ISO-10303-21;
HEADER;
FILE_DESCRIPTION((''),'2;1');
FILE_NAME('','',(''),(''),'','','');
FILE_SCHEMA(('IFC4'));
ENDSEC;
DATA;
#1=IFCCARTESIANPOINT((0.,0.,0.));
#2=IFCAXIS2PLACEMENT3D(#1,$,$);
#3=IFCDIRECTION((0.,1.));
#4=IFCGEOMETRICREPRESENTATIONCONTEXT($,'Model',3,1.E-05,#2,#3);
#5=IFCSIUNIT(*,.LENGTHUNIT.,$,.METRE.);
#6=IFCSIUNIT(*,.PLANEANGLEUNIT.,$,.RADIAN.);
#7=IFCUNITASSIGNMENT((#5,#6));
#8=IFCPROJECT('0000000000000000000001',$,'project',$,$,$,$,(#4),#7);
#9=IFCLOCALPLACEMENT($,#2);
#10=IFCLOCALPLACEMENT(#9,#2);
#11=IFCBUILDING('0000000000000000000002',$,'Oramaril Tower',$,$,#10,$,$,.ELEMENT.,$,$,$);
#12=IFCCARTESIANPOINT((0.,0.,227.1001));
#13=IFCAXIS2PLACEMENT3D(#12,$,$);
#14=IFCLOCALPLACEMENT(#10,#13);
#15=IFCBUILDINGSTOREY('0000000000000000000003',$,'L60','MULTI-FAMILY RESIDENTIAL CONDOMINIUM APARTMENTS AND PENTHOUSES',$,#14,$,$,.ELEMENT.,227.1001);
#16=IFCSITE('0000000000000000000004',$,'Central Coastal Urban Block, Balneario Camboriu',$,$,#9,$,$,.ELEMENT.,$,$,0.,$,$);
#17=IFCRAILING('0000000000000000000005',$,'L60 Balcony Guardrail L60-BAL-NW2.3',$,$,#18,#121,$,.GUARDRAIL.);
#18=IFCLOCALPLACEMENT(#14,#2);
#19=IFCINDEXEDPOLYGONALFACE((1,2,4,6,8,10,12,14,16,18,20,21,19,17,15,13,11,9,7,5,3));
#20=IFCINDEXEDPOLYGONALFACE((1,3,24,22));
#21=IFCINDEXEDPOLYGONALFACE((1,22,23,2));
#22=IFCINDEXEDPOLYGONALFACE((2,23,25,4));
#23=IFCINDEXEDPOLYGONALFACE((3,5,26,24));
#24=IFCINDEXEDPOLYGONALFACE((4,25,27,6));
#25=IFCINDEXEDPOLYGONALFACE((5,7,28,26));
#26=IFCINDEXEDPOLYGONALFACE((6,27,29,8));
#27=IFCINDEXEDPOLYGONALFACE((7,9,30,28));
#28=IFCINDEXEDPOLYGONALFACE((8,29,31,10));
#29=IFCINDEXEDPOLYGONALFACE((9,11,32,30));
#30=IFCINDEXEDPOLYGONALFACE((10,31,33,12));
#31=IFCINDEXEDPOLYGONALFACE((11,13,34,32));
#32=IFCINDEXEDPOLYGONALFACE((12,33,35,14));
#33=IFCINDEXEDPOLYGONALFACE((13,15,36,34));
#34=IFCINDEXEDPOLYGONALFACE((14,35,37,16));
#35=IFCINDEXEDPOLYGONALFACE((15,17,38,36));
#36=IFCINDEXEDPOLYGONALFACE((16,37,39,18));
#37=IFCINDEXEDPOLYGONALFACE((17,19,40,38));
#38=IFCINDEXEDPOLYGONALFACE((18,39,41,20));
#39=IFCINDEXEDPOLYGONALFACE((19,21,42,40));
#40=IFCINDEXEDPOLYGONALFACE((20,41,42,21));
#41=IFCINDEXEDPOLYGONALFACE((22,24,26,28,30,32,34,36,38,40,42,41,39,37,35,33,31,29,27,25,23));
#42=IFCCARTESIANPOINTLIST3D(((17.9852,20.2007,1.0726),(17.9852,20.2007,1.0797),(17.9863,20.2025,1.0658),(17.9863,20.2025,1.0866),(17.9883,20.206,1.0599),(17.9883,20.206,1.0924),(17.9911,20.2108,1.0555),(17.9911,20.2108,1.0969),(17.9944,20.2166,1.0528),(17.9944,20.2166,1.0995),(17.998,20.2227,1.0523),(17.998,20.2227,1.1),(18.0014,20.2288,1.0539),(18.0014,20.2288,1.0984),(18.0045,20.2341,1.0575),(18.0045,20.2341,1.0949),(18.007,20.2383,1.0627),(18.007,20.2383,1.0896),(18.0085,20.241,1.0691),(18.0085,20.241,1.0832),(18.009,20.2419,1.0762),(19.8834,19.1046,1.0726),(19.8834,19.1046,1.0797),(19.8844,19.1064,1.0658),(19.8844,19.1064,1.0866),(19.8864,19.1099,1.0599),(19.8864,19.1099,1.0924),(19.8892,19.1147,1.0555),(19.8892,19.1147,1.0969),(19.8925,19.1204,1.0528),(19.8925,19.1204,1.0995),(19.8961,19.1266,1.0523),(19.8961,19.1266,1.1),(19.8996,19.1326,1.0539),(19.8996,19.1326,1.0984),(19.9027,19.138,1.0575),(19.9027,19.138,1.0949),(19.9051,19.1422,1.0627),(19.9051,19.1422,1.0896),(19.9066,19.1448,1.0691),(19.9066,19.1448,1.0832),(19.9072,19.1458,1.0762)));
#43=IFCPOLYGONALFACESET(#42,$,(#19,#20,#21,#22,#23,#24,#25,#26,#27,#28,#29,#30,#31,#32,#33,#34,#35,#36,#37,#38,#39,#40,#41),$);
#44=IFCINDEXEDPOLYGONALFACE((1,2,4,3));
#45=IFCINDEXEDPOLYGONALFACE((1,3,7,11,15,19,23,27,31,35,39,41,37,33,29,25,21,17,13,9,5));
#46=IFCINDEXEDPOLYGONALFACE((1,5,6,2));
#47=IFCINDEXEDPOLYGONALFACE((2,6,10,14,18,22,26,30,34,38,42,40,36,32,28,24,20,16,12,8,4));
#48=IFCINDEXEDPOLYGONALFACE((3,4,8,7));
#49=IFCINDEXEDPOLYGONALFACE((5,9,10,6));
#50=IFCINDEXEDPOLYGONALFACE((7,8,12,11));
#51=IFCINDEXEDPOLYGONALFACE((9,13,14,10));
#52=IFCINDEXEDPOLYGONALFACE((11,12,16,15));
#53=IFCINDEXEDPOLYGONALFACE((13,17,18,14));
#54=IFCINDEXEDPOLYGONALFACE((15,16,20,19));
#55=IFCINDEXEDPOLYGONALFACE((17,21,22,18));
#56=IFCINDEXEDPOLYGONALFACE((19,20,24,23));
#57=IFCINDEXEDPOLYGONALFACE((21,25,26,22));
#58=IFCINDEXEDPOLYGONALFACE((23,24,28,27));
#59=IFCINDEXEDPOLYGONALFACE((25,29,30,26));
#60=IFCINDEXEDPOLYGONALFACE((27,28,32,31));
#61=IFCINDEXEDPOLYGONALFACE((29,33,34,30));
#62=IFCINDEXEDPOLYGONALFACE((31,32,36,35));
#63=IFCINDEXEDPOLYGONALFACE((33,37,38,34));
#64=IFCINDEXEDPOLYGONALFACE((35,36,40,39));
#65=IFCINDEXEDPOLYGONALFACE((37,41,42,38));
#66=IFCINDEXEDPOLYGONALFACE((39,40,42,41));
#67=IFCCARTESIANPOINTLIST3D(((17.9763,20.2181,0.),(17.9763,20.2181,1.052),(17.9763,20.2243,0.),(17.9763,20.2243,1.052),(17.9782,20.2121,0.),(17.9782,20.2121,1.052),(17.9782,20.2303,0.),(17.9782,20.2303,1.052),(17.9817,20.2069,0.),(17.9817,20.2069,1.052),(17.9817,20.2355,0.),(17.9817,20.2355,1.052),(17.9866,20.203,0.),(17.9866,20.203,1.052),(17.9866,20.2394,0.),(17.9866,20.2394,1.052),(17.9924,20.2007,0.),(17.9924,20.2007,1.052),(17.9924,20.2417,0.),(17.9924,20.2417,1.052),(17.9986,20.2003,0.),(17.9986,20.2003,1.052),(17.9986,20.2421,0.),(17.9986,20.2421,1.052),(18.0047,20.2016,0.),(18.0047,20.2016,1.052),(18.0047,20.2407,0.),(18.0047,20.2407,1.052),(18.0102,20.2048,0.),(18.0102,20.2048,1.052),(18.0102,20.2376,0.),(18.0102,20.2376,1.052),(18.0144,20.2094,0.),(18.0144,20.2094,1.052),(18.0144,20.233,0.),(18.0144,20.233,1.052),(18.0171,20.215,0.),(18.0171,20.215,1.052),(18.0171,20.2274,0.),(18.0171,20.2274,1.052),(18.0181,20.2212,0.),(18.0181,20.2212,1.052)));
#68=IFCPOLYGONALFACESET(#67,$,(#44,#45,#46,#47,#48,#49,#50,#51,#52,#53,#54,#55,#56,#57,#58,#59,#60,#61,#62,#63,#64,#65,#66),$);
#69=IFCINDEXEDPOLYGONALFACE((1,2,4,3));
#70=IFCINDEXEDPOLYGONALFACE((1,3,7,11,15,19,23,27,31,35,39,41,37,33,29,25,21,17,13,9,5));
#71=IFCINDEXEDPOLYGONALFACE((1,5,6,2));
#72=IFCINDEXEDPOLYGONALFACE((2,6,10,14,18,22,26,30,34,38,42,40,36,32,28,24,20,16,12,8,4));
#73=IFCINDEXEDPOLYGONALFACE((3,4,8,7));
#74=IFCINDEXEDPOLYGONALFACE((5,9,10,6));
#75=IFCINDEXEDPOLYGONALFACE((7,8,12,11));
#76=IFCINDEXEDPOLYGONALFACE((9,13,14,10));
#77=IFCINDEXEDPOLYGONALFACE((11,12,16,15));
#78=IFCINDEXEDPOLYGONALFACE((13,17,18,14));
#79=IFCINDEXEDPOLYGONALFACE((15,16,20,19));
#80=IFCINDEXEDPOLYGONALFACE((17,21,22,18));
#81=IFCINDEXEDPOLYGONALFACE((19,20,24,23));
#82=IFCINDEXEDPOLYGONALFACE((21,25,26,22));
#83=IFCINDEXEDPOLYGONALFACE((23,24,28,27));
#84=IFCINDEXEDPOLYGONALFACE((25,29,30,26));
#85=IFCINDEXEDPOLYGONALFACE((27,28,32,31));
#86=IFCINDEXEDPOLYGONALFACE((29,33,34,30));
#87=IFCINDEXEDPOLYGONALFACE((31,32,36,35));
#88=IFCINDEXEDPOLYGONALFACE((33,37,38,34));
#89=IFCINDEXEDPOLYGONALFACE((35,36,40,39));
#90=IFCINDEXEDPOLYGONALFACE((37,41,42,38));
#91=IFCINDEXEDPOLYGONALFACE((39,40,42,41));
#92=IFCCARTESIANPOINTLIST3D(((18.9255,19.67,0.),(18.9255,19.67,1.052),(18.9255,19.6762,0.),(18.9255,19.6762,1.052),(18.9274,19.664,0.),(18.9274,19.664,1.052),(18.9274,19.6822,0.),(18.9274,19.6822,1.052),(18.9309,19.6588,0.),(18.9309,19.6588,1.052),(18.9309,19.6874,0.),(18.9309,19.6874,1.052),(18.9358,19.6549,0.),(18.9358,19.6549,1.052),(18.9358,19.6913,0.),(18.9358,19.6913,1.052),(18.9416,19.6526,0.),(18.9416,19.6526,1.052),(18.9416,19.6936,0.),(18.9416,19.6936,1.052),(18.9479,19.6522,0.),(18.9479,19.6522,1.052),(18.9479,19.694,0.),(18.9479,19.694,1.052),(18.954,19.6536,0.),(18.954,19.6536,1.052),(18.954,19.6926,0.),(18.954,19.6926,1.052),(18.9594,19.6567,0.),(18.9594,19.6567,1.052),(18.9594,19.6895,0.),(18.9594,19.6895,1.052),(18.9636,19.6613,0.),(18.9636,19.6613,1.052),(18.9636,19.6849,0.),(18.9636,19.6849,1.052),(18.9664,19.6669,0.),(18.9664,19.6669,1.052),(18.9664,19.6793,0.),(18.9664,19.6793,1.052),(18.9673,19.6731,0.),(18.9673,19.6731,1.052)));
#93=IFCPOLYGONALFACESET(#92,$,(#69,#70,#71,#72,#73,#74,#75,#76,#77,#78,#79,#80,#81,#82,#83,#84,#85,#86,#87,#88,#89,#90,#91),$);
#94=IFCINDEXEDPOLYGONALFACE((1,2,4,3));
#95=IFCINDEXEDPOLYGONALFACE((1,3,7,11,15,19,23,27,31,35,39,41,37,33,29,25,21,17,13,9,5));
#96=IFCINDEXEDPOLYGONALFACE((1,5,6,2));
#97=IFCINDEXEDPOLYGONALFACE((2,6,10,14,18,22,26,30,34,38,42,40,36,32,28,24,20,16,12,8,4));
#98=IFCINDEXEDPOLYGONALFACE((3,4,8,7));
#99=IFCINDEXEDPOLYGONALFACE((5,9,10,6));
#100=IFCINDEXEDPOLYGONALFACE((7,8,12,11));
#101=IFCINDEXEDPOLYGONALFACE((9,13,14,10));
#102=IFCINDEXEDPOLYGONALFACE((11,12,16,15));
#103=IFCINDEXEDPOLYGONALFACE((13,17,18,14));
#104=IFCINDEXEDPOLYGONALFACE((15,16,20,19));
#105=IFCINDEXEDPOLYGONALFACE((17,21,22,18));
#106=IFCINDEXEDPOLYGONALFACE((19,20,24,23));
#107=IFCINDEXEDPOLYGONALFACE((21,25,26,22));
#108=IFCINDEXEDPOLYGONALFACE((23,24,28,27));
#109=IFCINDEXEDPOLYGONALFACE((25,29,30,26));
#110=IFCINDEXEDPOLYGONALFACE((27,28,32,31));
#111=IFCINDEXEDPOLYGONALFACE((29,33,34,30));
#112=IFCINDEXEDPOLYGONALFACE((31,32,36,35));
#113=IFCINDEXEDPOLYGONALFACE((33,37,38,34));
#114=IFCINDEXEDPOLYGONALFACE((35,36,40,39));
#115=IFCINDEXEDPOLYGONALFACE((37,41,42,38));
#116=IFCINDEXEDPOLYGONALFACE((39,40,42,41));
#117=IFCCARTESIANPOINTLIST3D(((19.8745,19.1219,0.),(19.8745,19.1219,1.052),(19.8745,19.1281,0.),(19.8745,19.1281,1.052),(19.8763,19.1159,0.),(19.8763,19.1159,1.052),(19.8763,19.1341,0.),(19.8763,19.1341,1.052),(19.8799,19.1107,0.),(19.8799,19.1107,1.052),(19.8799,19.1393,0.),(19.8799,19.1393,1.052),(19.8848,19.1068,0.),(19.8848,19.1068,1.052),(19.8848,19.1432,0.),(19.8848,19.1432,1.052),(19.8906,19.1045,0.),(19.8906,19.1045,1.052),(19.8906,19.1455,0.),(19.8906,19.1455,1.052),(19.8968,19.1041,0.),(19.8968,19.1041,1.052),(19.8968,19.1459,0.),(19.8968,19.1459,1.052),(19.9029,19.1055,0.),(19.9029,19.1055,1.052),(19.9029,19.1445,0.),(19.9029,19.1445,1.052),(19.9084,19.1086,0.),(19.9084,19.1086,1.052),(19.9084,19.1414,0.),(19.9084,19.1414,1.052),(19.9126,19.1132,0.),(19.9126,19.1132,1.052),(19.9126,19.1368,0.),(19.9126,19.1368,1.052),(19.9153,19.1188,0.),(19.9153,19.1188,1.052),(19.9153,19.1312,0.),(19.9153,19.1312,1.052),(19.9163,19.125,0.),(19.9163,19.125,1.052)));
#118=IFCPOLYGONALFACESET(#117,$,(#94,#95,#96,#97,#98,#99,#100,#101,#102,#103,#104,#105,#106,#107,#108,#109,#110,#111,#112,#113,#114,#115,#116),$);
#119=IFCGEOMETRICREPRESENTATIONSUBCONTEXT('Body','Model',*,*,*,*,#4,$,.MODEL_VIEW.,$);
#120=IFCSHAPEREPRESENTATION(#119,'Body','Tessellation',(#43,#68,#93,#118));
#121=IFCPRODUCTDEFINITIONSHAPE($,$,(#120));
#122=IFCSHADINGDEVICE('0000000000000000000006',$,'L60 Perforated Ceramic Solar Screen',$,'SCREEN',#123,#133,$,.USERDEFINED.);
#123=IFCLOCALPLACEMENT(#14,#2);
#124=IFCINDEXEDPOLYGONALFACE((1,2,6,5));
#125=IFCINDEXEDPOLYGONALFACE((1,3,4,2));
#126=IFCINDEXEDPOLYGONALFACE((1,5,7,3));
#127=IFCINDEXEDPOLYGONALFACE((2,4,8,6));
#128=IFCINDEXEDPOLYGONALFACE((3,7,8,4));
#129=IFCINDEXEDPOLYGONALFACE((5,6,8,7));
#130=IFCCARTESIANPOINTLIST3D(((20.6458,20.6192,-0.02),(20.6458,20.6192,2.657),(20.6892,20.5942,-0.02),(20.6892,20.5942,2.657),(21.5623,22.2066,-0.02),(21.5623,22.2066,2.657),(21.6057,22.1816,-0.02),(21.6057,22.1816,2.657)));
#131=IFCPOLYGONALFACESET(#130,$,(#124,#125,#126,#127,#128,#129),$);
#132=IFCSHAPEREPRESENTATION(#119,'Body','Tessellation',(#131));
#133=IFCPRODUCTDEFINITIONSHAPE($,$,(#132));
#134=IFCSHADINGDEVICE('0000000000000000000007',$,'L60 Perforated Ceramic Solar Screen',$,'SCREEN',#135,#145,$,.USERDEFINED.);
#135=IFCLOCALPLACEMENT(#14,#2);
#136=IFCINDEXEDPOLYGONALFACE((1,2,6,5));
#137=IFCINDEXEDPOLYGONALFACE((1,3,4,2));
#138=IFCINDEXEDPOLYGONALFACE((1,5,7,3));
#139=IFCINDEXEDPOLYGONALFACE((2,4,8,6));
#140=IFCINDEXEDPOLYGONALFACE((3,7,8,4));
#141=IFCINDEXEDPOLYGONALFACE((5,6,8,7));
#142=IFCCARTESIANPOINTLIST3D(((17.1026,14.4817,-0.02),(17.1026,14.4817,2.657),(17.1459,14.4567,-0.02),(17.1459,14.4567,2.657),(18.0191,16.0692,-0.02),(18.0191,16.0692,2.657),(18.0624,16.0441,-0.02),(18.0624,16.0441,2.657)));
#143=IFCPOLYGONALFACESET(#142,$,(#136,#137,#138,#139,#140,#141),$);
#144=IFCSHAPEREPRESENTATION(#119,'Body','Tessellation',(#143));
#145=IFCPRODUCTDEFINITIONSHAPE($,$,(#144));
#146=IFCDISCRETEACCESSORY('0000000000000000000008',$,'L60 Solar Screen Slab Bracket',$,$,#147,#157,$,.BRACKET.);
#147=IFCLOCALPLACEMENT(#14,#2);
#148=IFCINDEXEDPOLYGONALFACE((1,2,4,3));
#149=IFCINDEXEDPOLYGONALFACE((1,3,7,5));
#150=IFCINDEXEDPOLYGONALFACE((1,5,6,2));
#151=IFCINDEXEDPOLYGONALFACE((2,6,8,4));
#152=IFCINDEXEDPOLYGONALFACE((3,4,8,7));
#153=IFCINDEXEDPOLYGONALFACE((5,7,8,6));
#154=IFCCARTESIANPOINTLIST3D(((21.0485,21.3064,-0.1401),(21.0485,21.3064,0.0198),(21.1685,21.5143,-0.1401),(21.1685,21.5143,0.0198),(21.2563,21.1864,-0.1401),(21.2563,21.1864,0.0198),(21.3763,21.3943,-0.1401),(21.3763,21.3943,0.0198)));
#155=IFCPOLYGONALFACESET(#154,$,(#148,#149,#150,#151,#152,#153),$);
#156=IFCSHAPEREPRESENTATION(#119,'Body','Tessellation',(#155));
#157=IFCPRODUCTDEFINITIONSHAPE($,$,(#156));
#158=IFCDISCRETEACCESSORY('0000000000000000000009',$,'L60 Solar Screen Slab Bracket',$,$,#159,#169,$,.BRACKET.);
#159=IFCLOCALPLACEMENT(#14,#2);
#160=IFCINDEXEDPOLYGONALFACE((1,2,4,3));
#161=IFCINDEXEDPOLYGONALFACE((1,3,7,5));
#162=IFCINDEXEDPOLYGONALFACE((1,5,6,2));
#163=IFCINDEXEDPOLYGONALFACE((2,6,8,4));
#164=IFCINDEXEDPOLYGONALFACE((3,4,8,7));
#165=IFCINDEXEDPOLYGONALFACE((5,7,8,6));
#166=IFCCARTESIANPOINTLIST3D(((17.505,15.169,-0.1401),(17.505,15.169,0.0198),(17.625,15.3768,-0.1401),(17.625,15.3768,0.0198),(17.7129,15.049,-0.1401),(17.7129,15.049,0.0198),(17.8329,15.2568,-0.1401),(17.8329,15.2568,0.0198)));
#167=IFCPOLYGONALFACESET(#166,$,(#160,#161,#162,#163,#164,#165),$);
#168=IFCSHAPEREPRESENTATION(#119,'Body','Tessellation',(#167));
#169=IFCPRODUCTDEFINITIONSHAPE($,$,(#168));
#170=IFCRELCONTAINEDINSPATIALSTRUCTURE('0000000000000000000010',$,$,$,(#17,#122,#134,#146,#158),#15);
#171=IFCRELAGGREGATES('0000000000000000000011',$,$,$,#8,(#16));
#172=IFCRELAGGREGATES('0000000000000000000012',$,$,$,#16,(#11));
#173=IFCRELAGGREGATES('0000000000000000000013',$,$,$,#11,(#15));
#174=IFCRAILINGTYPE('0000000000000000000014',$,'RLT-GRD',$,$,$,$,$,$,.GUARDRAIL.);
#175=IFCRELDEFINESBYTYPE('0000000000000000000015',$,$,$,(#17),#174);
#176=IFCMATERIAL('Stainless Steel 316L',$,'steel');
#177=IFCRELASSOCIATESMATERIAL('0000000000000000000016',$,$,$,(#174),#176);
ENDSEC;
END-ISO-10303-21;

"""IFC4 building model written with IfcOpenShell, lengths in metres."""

from ifc_helpers import new_model, si_unit, direction, frame, origin, origin_2d, place, context, subcontext, project, spatial, rectangle, circle, extrude, material, type_object, element, save


model = new_model("IFC4")

# Units and contexts
model_context = context("Model", 3, precision=1e-05, world=origin(), true_north=direction((0.0, 1.0)))
body_context = subcontext(model_context, "Body", "Model", "MODEL_VIEW")
ifc_project = project(units=[si_unit("LENGTHUNIT", "METRE"), si_unit("PLANEANGLEUNIT", "RADIAN")], contexts=[model_context])

# Site, building, storey
site_placement = place(None, origin())
site = spatial("IfcSite", under=ifc_project, at=site_placement, Name="Central Coastal Urban Block, Balneario Camboriu", CompositionType="ELEMENT", RefElevation=0.0)
building_placement = place(site_placement, origin())
building = spatial("IfcBuilding", under=site, at=building_placement, Name="Oramaril Tower", CompositionType="ELEMENT")
storey_placement = place(building_placement, frame((0.0, 0.0, 227.1001)))
storey = spatial("IfcBuildingStorey", under=building, at=storey_placement, Name="L60", Description="MULTI-FAMILY RESIDENTIAL CONDOMINIUM APARTMENTS AND PENTHOUSES", CompositionType="ELEMENT", Elevation=227.1001)

# Railing
ifc_material_1 = material(Name="Stainless Steel 316L", Category="steel")
railing_type = type_object("IfcRailingType", Name="RLT-GRD", PredefinedType="GUARDRAIL", material=ifc_material_1)
railing_1_placement = place(storey_placement, frame((17.9971, 20.2212, 0.0)))
element("IfcRailing", 1, at=railing_1_placement, inside=storey, type_object=railing_type, Name="L60 Balcony Guardrail L60-BAL-NW2.3", PredefinedType="GUARDRAIL", context=body_context, shape_type="SweptSolid", body=[
    extrude(circle(Radius=0.0239, at=origin_2d()), frame((0.0, 0.0, 1.0762), z_axis=(0.865972, -0.500092, 0.0), x_axis=(0.500092, 0.865972, 0.0)), (0.0, 0.0, 1.0), 2.1919),
    extrude(circle(Radius=0.021, at=origin_2d()), origin(), (0.0, 0.0, 1.0), 1.052),
    extrude(circle(Radius=0.021, at=origin_2d()), frame((0.9492, -0.5481, 0.0)), (0.0, 0.0, 1.0), 1.052),
    extrude(circle(Radius=0.021, at=origin_2d()), frame((1.8982, -1.0962, 0.0)), (0.0, 0.0, 1.0), 1.052),
])

# Shading devices
for number, where, z_axis, x_axis, name in (
    (2, (21.1257, 21.4004, -0.02), (0.0, 0.0, 1.0), (-0.499998, -0.866026, 0.0), "L60 Perforated Ceramic Solar Screen"),
    (3, (17.5825, 15.2629, -0.02), (0.0, 0.0, 1.0), (-0.499998, -0.866026, 0.0), "L60 Perforated Ceramic Solar Screen"),
):
    element("IfcShadingDevice", number, at=place(storey_placement, frame(where, z_axis=z_axis, x_axis=x_axis)), inside=storey, Name=name, ObjectType="SCREEN", PredefinedType="USERDEFINED", context=body_context, shape_type="SweptSolid", body=[
        extrude(rectangle(XDim=1.833, YDim=0.05, at=origin_2d()), origin(), (0.0, 0.0, 1.0), 2.677),
    ])

# Discrete accessories
for number, where, z_axis, x_axis, name in (
    (4, (21.2124, 21.3503, -0.1401), (0.0, 0.0, 1.0), (-0.499998, -0.866026, 0.0), "L60 Solar Screen Slab Bracket"),
    (5, (17.6689, 15.2129, -0.1401), (0.0, 0.0, 1.0), (-0.499998, -0.866026, 0.0), "L60 Solar Screen Slab Bracket"),
):
    element("IfcDiscreteAccessory", number, at=place(storey_placement, frame(where, z_axis=z_axis, x_axis=x_axis)), inside=storey, Name=name, PredefinedType="BRACKET", context=body_context, shape_type="SweptSolid", body=[
        extrude(rectangle(XDim=0.24, YDim=0.24, at=origin_2d()), origin(), (0.0, 0.0, 1.0), 0.1599),
    ])

save(model, "model.ifc")
